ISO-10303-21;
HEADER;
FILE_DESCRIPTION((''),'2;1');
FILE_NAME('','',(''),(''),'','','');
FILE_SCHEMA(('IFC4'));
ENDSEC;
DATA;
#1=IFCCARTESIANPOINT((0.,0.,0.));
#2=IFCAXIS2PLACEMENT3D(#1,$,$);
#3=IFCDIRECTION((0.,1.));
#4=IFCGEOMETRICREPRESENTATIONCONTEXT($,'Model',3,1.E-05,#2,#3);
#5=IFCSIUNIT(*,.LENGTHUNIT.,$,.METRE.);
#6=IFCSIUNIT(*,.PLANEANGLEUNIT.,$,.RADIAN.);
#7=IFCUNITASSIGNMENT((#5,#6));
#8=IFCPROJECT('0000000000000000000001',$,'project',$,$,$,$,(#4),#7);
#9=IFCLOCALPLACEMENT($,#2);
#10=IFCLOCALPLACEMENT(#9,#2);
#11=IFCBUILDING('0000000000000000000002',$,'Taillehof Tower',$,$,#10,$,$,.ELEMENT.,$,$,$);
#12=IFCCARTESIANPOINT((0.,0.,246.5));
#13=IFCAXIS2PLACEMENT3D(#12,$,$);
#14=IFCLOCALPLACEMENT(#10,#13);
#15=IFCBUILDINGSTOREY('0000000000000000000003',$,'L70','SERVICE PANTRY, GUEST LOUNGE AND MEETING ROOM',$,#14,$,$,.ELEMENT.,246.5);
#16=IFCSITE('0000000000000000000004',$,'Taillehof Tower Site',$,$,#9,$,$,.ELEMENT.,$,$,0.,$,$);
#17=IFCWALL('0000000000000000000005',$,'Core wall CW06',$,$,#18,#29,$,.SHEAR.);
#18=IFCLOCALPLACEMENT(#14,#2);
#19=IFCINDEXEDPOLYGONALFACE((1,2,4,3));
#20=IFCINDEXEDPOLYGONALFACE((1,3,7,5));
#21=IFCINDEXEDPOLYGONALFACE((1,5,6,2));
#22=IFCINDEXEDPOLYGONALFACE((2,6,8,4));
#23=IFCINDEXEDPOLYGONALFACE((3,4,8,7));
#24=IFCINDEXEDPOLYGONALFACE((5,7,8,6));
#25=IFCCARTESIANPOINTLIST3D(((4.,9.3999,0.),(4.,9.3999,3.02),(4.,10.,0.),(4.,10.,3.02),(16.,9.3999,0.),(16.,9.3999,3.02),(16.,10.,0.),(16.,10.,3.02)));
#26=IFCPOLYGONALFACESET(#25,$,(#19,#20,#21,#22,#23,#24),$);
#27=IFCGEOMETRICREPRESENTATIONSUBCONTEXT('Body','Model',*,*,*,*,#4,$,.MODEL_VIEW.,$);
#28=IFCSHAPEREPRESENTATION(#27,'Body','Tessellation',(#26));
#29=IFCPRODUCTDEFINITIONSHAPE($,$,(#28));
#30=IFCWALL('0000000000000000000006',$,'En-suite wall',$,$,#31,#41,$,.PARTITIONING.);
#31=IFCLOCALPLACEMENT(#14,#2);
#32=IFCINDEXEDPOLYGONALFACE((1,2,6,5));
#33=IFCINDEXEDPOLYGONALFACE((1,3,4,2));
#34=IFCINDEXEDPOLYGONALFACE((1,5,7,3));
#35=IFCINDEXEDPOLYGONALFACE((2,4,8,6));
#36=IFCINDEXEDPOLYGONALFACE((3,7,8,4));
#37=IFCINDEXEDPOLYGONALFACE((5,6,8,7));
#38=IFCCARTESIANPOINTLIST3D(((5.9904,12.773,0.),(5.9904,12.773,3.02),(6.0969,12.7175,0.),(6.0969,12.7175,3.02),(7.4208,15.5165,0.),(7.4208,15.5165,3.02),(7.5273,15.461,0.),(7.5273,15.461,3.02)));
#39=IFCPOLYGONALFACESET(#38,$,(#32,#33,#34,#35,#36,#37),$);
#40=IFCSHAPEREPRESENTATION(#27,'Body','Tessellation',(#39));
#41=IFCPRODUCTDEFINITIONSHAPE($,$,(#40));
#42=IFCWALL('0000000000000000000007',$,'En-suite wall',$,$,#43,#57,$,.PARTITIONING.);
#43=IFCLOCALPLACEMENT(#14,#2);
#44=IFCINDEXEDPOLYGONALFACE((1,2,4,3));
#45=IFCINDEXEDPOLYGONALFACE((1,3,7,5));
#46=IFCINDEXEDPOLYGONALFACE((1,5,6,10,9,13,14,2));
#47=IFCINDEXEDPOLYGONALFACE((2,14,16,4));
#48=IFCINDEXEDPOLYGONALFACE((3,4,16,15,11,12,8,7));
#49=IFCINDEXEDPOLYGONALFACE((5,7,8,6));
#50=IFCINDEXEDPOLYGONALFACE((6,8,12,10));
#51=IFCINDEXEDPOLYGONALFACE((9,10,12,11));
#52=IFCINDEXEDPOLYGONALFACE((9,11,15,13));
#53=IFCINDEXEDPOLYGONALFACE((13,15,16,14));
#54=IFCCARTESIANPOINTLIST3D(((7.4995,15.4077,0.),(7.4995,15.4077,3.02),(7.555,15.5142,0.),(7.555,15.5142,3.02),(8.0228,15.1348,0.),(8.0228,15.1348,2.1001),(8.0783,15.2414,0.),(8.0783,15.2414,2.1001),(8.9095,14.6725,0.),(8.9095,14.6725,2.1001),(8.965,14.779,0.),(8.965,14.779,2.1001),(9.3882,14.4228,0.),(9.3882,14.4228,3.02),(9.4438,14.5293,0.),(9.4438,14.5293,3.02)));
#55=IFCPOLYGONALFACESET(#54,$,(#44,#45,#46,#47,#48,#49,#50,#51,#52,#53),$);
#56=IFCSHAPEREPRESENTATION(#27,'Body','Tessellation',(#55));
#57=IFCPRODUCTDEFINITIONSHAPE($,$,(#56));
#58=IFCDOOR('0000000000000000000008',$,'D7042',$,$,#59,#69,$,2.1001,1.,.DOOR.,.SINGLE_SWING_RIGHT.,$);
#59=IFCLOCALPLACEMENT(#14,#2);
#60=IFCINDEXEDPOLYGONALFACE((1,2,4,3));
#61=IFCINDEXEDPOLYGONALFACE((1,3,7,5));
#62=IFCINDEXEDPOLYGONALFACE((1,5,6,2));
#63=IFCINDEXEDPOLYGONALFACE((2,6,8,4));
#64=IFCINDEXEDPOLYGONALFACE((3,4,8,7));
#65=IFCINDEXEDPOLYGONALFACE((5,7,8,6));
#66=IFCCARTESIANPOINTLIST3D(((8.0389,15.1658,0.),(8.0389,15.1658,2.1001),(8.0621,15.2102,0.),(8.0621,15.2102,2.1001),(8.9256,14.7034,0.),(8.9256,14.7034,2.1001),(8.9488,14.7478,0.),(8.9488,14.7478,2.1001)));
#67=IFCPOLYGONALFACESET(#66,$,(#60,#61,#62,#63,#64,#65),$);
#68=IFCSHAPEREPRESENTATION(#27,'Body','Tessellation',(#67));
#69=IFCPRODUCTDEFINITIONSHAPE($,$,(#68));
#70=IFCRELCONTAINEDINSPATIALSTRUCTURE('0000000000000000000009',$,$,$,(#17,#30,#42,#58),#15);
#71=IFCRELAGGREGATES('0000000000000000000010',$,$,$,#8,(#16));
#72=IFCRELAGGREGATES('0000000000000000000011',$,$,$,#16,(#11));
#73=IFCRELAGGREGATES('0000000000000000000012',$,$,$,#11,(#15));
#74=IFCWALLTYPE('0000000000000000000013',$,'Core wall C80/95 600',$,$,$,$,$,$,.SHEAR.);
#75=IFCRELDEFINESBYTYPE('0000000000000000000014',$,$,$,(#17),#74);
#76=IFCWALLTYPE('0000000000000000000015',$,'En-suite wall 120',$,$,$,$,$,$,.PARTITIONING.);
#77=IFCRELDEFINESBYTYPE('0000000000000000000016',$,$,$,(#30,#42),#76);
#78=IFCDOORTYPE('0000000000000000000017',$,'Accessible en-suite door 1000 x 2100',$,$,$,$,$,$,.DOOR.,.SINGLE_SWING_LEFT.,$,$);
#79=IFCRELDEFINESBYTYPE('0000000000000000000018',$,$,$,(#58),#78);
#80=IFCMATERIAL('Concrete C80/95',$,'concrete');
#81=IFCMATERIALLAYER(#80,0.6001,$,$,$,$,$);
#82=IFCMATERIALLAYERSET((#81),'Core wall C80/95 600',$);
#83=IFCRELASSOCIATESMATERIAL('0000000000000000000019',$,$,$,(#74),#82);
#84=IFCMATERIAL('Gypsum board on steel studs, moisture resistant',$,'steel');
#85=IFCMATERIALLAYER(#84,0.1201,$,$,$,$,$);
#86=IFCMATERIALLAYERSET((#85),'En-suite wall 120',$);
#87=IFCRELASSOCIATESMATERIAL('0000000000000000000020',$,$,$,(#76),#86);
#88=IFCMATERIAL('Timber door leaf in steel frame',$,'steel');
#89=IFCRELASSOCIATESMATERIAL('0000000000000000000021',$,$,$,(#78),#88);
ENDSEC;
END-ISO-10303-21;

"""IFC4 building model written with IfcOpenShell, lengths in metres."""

from ifc_helpers import new_model, si_unit, direction, frame, frame_2d, origin, place, context, subcontext, project, spatial, rectangle, extrude, material, layer, layer_set, type_object, element, fill, save


model = new_model("IFC4")

# Units and contexts
model_context = context("Model", 3, precision=1e-05, world=origin(), true_north=direction((0.0, 1.0)))
body_context = subcontext(model_context, "Body", "Model", "MODEL_VIEW")
ifc_project = project(units=[si_unit("LENGTHUNIT", "METRE"), si_unit("PLANEANGLEUNIT", "RADIAN")], contexts=[model_context])

# Site, building, storey
site_placement = place(None, origin())
site = spatial("IfcSite", under=ifc_project, at=site_placement, Name="Taillehof Tower Site", CompositionType="ELEMENT", RefElevation=0.0)
building_placement = place(site_placement, origin())
building = spatial("IfcBuilding", under=site, at=building_placement, Name="Taillehof Tower", CompositionType="ELEMENT")
storey_placement = place(building_placement, frame((0.0, 0.0, 246.5)))
storey = spatial("IfcBuildingStorey", under=building, at=storey_placement, Name="L70", Description="SERVICE PANTRY, GUEST LOUNGE AND MEETING ROOM", CompositionType="ELEMENT", Elevation=246.5)

# Walls
ifc_material_1 = material(Name="Concrete C80/95", Category="concrete")
ifc_layer_1 = layer(ifc_material_1, 0.6001)
ifc_layer_set_1 = layer_set([ifc_layer_1], Name="Core wall C80/95 600")
wall_type_1 = type_object("IfcWallType", Name="Core wall C80/95 600", PredefinedType="SHEAR", material=ifc_layer_set_1)
wall_1_placement = place(storey_placement, frame((4.0, 9.7, 0.0), z_axis=(0.0, 0.0, 1.0), x_axis=(1.0, 0.0, 0.0)))
element("IfcWall", 1, at=wall_1_placement, inside=storey, type_object=wall_type_1, Name="Core wall CW06", PredefinedType="SHEAR", context=body_context, shape_type="SweptSolid", body=[
    extrude(rectangle(XDim=12.0, YDim=0.6001, at=frame_2d((6.0, 0.0))), origin(), (0.0, 0.0, 1.0), 3.02),
])
ifc_material_2 = material(Name="Gypsum board on steel studs, moisture resistant", Category="steel")
ifc_layer_2 = layer(ifc_material_2, 0.1201)
ifc_layer_set_2 = layer_set([ifc_layer_2], Name="En-suite wall 120")
wall_type_2 = type_object("IfcWallType", Name="En-suite wall 120", PredefinedType="PARTITIONING", material=ifc_layer_set_2)
wall_2_placement = place(storey_placement, frame((6.0437, 12.7454, 0.0), z_axis=(0.0, 0.0, 1.0), x_axis=(0.462331, 0.886707, 0.0)))
element("IfcWall", 2, at=wall_2_placement, inside=storey, type_object=wall_type_2, Name="En-suite wall", PredefinedType="PARTITIONING", context=body_context, shape_type="SweptSolid", body=[
    extrude(rectangle(XDim=3.094, YDim=0.1201, at=frame_2d((1.5469, 0.0))), origin(), (0.0, 0.0, 1.0), 3.02),
])

# Wall, opening, door
wall_3_placement = place(storey_placement, frame((7.5273, 15.4609, 0.0), z_axis=(0.0, 0.0, 1.0), x_axis=(0.886687, -0.46237, 0.0)))
wall_3 = element("IfcWall", 3, at=wall_3_placement, inside=storey, type_object=wall_type_2, Name="En-suite wall", PredefinedType="PARTITIONING", context=body_context, shape_type="SweptSolid", body=[
    extrude(rectangle(XDim=2.1301, YDim=0.1201, at=frame_2d((1.0649, 0.0))), origin(), (0.0, 0.0, 1.0), 3.02),
])
opening_1_placement = place(wall_3_placement, frame((0.5901, 0.0, 0.0)))
opening_1 = element("IfcOpeningElement", 4, at=opening_1_placement, cuts=wall_3, PredefinedType="OPENING", context=body_context, shape_type="SweptSolid", body=[
    extrude(rectangle(XDim=1.0, YDim=2.1001, at=frame_2d((0.5, 1.05))), frame((0.0, 0.0701, 0.0), z_axis=(0.0, -1.0, 0.0), x_axis=(1.0, 0.0, 0.0)), (0.0, 0.0, 1.0), 0.1401),
])
ifc_material_3 = material(Name="Timber door leaf in steel frame", Category="steel")
door_type_1 = type_object("IfcDoorType", Name="Accessible en-suite door 1000 x 2100", OperationType="SINGLE_SWING_LEFT", PredefinedType="DOOR", material=ifc_material_3)
door_1_placement = place(opening_1_placement, origin())
door_1 = element("IfcDoor", 5, at=door_1_placement, inside=storey, type_object=door_type_1, Name="D7042", OperationType="SINGLE_SWING_RIGHT", OverallHeight=2.1001, OverallWidth=1.0, PredefinedType="DOOR", context=body_context, shape_type="SweptSolid", body=[
    extrude(rectangle(XDim=1.0, YDim=2.1001, at=frame_2d((0.5, 1.05))), frame((0.0, 0.0249, 0.0), z_axis=(0.0, -1.0, 0.0), x_axis=(1.0, 0.0, 0.0)), (0.0, 0.0, 1.0), 0.05),
])
fill(opening_1, door_1)

save(model, "model.ifc")
